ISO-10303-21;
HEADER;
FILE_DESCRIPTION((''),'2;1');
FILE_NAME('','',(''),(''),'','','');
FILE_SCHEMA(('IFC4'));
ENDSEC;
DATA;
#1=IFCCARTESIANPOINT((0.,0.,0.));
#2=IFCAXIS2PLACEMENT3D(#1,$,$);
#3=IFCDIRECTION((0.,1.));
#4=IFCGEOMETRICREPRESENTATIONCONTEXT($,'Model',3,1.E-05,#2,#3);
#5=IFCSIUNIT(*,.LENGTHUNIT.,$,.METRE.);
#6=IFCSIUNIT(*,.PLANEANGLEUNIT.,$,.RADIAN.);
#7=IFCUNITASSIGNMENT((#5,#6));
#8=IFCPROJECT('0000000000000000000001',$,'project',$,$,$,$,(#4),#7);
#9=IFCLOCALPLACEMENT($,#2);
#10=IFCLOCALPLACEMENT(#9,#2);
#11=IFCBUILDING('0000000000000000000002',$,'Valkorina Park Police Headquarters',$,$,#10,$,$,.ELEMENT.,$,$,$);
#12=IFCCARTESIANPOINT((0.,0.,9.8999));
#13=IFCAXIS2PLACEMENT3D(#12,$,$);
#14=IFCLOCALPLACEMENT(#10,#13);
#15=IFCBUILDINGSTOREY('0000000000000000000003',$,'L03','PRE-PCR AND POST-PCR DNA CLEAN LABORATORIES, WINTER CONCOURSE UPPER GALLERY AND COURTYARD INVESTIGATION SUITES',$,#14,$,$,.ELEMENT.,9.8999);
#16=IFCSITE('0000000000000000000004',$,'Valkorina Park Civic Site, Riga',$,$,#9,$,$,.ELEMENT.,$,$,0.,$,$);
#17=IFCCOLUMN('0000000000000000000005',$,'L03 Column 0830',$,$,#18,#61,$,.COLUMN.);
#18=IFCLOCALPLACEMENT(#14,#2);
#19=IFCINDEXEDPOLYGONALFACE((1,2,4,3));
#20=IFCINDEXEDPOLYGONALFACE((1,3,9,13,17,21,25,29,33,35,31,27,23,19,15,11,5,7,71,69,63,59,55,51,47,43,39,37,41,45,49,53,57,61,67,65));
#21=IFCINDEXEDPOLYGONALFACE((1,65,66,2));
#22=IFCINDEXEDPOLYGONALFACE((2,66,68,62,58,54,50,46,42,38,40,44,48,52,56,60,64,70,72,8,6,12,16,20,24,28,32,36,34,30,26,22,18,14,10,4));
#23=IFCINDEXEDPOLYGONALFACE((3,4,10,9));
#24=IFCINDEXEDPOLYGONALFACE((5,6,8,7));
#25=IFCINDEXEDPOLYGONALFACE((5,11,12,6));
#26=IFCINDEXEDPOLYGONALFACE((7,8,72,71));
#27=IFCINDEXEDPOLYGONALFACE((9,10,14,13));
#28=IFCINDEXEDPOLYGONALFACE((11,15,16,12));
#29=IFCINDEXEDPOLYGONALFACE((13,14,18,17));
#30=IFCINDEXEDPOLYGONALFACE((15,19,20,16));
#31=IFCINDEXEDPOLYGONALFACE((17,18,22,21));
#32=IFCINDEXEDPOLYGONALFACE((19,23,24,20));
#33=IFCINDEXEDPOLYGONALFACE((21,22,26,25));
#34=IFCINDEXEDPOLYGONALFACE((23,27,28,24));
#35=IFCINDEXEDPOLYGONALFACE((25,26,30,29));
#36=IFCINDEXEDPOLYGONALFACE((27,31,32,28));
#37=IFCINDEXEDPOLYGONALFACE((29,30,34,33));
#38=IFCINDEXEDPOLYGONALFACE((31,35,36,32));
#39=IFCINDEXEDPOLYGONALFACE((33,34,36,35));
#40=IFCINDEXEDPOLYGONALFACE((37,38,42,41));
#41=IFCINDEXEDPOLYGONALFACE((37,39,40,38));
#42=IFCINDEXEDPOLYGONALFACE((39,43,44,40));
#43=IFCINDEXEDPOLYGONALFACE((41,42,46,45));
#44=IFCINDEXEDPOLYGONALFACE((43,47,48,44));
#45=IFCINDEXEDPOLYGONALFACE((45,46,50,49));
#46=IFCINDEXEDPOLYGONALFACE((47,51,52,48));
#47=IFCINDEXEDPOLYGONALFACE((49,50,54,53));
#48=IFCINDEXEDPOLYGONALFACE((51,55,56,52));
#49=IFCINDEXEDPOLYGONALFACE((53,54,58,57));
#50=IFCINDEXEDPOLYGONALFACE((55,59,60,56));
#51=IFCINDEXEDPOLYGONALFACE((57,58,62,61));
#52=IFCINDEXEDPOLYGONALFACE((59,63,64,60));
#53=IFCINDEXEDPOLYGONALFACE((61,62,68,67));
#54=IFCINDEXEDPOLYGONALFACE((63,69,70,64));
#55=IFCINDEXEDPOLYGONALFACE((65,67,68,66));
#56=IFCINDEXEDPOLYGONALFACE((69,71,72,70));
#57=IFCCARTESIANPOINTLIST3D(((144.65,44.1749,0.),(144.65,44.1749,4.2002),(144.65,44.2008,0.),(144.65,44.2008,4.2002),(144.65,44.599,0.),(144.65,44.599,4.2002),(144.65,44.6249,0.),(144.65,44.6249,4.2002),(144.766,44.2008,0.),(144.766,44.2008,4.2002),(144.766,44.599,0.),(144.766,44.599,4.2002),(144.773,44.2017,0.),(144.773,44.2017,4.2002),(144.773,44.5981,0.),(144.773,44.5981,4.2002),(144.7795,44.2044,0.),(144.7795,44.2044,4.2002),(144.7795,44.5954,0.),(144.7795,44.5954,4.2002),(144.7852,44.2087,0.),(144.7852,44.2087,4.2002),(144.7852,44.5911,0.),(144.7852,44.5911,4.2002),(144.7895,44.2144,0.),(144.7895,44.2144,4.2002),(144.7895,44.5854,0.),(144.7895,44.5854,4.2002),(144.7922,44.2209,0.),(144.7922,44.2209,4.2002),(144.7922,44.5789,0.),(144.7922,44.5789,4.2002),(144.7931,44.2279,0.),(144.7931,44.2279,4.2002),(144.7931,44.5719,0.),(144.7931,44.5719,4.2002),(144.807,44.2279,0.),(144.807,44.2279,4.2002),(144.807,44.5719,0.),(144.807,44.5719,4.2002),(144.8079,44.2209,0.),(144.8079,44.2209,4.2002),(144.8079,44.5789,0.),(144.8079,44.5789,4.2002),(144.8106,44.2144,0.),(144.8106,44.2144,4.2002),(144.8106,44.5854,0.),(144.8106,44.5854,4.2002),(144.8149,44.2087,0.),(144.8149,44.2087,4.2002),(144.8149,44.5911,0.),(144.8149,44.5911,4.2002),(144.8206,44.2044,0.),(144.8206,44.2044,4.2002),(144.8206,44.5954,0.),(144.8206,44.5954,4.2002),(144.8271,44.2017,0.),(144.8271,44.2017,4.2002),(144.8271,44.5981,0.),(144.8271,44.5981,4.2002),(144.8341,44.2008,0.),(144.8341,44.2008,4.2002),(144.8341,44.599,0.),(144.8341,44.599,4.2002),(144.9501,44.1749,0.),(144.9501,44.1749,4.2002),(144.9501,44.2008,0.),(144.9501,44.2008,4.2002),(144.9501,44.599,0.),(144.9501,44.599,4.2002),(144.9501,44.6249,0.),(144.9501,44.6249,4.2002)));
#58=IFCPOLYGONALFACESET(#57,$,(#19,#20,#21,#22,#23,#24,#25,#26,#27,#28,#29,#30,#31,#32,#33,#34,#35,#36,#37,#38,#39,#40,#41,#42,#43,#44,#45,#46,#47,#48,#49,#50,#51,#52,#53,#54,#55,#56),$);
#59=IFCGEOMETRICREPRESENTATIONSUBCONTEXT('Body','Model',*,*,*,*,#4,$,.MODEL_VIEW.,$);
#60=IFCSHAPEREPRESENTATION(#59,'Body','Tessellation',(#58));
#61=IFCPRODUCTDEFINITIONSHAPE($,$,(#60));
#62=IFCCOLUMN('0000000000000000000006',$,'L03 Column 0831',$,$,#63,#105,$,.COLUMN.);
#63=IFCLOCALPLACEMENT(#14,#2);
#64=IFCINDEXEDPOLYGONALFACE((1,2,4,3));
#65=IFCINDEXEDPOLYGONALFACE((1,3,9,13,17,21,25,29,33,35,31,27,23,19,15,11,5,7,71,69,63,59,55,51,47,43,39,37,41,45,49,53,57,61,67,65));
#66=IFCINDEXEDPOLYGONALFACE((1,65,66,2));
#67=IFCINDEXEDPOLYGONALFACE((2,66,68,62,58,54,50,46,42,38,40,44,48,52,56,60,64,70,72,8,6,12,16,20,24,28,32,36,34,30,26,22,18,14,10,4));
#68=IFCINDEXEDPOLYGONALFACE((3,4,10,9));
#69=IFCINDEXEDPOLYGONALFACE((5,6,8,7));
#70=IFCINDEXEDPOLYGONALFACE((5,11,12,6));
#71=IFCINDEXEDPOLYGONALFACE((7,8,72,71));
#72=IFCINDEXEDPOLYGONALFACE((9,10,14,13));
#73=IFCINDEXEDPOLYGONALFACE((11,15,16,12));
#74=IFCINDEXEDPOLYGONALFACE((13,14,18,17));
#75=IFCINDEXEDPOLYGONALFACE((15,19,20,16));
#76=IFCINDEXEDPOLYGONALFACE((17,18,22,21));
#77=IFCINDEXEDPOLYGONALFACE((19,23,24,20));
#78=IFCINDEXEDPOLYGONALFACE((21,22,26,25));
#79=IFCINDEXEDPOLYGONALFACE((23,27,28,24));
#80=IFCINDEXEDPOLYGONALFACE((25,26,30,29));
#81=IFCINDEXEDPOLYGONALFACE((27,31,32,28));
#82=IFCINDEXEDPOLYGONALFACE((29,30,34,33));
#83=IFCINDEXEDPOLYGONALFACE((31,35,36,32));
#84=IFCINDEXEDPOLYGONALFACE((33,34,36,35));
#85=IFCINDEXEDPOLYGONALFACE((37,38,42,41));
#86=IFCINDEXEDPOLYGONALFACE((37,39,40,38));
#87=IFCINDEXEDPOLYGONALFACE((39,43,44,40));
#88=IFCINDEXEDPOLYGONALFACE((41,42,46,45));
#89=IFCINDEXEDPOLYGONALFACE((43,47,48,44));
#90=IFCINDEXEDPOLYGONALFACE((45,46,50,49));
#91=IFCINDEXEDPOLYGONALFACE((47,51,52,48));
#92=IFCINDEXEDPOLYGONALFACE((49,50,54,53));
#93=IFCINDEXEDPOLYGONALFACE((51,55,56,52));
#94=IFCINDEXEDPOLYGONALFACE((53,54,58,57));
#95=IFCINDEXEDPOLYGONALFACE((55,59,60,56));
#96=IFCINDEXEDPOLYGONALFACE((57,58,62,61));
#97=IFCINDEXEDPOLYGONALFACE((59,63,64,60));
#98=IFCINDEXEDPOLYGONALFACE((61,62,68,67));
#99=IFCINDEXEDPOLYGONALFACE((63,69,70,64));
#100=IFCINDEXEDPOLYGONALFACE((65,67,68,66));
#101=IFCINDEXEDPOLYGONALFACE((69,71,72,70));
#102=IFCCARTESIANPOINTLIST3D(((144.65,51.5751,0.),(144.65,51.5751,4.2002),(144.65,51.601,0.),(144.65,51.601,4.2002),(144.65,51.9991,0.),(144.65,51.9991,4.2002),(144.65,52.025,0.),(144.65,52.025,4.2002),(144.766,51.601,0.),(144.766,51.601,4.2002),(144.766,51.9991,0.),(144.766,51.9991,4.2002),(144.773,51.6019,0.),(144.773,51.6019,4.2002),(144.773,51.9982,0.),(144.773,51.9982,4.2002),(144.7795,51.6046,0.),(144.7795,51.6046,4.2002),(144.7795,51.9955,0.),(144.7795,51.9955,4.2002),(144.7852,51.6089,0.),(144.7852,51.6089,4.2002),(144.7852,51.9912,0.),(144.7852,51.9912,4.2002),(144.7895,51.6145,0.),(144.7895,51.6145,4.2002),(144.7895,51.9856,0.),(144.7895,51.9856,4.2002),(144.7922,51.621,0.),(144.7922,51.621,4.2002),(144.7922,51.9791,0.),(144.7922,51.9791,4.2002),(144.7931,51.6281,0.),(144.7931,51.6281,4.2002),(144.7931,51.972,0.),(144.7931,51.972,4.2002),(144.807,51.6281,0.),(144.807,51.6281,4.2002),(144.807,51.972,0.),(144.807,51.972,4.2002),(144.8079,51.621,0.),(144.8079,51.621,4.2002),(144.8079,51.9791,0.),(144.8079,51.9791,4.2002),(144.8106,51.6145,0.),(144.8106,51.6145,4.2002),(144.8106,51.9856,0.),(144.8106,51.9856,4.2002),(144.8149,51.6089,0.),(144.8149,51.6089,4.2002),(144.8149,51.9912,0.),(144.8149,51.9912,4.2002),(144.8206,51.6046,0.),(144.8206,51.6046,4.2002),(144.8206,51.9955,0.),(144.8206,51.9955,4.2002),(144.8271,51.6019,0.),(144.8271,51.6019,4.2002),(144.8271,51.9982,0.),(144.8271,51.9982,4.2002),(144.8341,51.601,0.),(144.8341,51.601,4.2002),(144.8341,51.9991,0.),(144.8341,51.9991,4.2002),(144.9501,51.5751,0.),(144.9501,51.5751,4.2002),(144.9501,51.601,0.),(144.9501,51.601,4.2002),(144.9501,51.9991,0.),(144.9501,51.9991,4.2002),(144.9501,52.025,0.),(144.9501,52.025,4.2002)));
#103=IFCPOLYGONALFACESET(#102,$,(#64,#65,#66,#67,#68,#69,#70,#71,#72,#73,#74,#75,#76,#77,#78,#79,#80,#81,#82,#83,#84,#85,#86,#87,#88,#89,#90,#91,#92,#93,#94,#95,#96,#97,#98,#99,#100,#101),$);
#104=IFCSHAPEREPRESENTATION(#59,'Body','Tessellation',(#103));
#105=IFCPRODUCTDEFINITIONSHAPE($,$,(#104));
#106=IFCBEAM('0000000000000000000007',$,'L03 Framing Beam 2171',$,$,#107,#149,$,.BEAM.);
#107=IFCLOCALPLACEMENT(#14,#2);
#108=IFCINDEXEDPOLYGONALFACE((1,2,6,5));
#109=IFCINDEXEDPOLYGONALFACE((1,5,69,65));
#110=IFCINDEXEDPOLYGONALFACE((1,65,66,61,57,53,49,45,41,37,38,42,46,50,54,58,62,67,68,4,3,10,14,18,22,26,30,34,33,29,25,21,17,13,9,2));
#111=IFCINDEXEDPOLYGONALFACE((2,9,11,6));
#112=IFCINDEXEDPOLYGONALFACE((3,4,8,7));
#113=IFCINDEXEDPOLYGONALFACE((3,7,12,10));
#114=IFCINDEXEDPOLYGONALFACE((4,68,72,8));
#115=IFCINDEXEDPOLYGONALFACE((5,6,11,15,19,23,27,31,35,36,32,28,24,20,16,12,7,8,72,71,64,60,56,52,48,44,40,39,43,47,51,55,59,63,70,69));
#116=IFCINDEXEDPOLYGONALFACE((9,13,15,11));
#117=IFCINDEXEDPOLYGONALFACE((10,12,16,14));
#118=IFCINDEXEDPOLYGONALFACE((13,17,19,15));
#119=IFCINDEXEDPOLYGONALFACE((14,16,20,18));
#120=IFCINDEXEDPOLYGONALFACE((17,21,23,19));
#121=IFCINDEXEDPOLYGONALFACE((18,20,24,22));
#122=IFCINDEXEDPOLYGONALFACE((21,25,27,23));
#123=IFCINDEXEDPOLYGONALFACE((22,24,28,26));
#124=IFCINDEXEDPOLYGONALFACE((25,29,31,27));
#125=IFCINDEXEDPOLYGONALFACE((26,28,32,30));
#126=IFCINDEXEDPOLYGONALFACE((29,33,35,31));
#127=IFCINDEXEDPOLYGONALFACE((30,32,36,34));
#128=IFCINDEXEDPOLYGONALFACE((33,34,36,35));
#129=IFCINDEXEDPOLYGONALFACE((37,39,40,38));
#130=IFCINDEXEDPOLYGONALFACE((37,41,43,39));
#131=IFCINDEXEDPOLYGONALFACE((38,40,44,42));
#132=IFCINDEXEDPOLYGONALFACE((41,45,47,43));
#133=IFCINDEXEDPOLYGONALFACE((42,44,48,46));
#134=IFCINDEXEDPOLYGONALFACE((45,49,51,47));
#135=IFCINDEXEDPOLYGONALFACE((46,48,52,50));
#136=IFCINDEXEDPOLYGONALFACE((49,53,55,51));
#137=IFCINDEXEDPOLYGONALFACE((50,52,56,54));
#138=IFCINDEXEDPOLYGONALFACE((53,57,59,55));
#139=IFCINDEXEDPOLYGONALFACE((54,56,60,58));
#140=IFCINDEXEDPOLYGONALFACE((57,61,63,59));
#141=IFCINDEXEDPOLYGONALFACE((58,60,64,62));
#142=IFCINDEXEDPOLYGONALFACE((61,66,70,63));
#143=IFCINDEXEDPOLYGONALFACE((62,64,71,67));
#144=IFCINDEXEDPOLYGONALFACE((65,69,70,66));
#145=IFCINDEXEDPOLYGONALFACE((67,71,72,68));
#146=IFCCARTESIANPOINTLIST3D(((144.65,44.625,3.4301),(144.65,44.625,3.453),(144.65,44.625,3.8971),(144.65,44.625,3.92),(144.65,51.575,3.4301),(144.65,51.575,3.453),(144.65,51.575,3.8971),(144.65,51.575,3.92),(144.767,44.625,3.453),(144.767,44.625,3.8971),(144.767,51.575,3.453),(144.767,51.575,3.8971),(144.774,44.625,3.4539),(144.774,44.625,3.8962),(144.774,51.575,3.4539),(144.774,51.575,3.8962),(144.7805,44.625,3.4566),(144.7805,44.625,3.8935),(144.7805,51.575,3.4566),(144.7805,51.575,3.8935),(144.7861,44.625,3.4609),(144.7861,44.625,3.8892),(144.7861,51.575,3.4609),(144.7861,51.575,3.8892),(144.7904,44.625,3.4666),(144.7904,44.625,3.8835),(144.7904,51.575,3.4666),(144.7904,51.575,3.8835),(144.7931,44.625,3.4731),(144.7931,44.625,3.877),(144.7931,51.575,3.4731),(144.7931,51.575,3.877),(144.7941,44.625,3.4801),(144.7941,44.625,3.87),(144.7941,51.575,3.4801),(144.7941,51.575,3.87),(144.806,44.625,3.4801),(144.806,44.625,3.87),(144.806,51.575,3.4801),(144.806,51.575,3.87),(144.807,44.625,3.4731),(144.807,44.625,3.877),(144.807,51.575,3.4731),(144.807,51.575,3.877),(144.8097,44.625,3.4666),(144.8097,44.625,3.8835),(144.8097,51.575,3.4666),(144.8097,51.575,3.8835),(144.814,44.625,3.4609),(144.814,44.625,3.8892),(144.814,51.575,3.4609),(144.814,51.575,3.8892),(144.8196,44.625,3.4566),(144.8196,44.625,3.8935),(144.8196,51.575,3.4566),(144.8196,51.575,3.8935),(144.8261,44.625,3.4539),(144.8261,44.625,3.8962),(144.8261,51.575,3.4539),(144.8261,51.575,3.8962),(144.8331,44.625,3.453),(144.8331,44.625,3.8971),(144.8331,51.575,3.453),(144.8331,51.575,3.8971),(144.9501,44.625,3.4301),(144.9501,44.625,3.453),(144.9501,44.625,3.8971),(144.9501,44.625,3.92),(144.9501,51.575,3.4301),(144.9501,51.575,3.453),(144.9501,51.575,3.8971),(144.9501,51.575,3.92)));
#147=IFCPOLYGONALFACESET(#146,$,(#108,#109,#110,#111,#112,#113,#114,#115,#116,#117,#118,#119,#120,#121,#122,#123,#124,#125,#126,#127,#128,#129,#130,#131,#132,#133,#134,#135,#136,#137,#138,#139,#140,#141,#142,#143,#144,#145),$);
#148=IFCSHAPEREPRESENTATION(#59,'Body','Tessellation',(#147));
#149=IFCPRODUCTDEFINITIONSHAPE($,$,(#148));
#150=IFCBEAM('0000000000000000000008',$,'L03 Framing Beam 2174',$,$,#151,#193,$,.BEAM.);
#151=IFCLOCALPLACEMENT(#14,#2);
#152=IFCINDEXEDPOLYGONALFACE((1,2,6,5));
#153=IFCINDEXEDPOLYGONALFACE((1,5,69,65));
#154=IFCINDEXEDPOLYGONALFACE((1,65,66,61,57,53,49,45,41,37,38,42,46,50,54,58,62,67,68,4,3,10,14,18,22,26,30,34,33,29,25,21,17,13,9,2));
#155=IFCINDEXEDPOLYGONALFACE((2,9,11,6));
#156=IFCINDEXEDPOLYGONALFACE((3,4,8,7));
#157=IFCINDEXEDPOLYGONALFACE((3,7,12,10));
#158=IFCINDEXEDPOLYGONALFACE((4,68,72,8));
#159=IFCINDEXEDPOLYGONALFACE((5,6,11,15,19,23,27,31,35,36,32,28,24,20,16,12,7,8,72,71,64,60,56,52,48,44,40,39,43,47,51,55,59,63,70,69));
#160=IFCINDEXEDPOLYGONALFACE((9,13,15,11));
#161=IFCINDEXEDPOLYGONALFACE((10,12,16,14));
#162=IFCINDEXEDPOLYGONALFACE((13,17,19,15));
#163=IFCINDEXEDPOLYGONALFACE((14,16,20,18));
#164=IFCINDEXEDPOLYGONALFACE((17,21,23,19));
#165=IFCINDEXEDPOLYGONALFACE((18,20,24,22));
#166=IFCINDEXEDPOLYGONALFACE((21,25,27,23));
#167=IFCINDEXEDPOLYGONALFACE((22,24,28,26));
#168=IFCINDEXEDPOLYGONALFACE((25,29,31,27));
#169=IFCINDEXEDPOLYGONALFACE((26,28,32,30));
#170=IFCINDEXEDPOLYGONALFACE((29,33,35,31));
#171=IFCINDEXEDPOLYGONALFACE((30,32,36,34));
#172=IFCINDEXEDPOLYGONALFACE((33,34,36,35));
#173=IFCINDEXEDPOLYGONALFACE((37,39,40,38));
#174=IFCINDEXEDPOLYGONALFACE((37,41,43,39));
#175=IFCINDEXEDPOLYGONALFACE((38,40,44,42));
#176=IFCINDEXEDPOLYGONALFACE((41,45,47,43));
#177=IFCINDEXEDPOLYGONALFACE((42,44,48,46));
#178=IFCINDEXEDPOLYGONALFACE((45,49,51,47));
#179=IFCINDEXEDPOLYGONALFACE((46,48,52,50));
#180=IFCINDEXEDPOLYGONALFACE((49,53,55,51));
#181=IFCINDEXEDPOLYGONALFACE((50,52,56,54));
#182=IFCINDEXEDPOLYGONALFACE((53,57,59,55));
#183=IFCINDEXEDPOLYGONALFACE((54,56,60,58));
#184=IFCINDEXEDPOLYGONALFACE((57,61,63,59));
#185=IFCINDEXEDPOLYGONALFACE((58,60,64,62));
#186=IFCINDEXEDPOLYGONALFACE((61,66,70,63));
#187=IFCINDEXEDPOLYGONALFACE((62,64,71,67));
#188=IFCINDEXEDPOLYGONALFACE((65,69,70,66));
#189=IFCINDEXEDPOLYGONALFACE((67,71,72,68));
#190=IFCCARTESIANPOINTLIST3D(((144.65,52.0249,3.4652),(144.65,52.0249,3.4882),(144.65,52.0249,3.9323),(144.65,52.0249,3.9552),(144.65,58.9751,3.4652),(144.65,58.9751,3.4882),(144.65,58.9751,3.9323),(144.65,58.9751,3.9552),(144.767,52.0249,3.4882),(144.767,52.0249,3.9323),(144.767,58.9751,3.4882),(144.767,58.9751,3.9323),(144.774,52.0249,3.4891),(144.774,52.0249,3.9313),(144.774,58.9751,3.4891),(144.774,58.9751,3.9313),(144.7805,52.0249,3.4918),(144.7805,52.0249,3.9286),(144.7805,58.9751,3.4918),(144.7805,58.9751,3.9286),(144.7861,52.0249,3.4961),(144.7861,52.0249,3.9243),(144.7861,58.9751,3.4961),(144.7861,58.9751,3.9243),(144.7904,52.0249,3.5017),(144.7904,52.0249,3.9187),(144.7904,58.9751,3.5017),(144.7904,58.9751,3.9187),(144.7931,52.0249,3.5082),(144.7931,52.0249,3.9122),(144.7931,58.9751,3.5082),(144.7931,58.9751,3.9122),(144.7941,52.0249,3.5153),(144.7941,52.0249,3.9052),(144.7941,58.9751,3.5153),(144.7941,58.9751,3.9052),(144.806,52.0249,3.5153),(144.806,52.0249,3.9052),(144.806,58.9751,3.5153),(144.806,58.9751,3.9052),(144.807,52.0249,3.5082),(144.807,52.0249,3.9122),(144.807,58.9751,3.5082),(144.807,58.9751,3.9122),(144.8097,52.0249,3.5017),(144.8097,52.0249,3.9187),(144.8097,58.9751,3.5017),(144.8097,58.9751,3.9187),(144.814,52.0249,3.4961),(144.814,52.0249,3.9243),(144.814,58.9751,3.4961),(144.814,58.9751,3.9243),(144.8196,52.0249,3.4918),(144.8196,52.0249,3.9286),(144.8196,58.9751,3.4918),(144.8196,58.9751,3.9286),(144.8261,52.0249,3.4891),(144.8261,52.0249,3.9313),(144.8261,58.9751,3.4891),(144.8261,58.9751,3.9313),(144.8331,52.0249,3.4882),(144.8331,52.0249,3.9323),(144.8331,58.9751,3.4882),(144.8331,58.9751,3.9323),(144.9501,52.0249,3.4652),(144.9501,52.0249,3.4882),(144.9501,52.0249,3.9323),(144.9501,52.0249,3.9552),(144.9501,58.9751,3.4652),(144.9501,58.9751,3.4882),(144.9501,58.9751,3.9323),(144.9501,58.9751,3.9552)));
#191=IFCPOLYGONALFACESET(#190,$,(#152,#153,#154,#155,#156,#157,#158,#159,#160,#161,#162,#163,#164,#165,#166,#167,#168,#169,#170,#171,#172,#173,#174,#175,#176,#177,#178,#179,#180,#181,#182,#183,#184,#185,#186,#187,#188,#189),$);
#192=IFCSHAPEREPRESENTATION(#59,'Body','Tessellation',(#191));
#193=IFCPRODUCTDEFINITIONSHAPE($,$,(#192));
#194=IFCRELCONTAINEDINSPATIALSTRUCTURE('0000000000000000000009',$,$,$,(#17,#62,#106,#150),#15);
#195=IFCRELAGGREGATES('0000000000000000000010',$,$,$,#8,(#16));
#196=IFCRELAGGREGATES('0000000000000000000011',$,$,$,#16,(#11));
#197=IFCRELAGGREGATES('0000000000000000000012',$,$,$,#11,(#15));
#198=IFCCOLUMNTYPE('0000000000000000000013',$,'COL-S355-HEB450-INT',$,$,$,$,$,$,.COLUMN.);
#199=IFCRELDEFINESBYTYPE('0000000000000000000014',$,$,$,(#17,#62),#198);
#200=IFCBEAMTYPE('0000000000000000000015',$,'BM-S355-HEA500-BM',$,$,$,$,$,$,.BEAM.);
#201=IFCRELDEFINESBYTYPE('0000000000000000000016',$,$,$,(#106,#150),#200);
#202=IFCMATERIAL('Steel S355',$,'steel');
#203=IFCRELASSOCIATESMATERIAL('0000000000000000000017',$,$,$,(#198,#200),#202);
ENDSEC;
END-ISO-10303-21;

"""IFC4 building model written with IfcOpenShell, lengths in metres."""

from ifc_helpers import new_model, si_unit, direction, frame, origin, origin_2d, place, context, subcontext, project, spatial, i_section, extrude, material, material_profile, profile_set, type_object, element, save


model = new_model("IFC4")

# Units and contexts
model_context = context("Model", 3, precision=1e-05, world=origin(), true_north=direction((0.0, 1.0)))
body_context = subcontext(model_context, "Body", "Model", "MODEL_VIEW")
ifc_project = project(units=[si_unit("LENGTHUNIT", "METRE"), si_unit("PLANEANGLEUNIT", "RADIAN")], contexts=[model_context])

# Site, building, storey
site_placement = place(None, origin())
site = spatial("IfcSite", under=ifc_project, at=site_placement, Name="Valkorina Park Civic Site, Riga", CompositionType="ELEMENT", RefElevation=0.0)
building_placement = place(site_placement, origin())
building = spatial("IfcBuilding", under=site, at=building_placement, Name="Valkorina Park Police Headquarters", CompositionType="ELEMENT")
storey_placement = place(building_placement, frame((0.0, 0.0, 9.8999)))
storey = spatial("IfcBuildingStorey", under=building, at=storey_placement, Name="L03", Description="PRE-PCR AND POST-PCR DNA CLEAN LABORATORIES, WINTER CONCOURSE UPPER GALLERY AND COURTYARD INVESTIGATION SUITES", CompositionType="ELEMENT", Elevation=9.8999)

# Columns
ifc_material_1 = material(Name="Steel S355", Category="steel")
ifc_material_profile_1 = material_profile(ifc_material_1, i_section(OverallWidth=0.3, OverallDepth=0.45, WebThickness=0.0139, FlangeThickness=0.0259, FilletRadius=0.0271, at=origin_2d()), Name="HEB 450")
ifc_profile_set_1 = profile_set([ifc_material_profile_1], Name="Steel S355")
column_type = type_object("IfcColumnType", Name="COL-S355-HEB450-INT", PredefinedType="COLUMN", material=ifc_profile_set_1)
for number, where, z_axis, x_axis, name in (
    (1, (144.8, 44.3999, 0.0), (0.0, 0.0, 1.0), (1.0, 0.0, 0.0), "L03 Column 0830"),
    (2, (144.8, 51.8, 0.0), (0.0, 0.0, 1.0), (1.0, 0.0, 0.0), "L03 Column 0831"),
):
    element("IfcColumn", number, at=place(storey_placement, frame(where, z_axis=z_axis, x_axis=x_axis)), inside=storey, type_object=column_type, Name=name, PredefinedType="COLUMN", context=body_context, shape_type="SweptSolid", body=[
        extrude(i_section(OverallWidth=0.3, OverallDepth=0.45, WebThickness=0.0139, FlangeThickness=0.0259, FilletRadius=0.0271, at=origin_2d()), origin(), (0.0, 0.0, 1.0), 4.2002),
    ])

# Beams
ifc_material_profile_2 = material_profile(ifc_material_1, i_section(OverallWidth=0.3, OverallDepth=0.49, WebThickness=0.012, FlangeThickness=0.0229, FilletRadius=0.0271, at=origin_2d()), Name="HEA 500")
ifc_profile_set_2 = profile_set([ifc_material_profile_2], Name="Steel S355")
beam_type_1 = type_object("IfcBeamType", Name="BM-S355-HEA500-BM", PredefinedType="BEAM", material=ifc_profile_set_2)
beam_1_placement = place(storey_placement, frame((144.8, 44.625, 3.675), z_axis=(0.0, 1.0, 0.0), x_axis=(-1.0, 0.0, 0.0)))
element("IfcBeam", 3, at=beam_1_placement, inside=storey, type_object=beam_type_1, Name="L03 Framing Beam 2171", PredefinedType="BEAM", context=body_context, shape_type="SweptSolid", body=[
    extrude(i_section(OverallWidth=0.3, OverallDepth=0.49, WebThickness=0.012, FlangeThickness=0.0229, FilletRadius=0.0271, at=origin_2d()), origin(), (0.0, 0.0, 1.0), 6.95),
])
beam_2_placement = place(storey_placement, frame((144.8, 52.0249, 3.7102), z_axis=(0.0, 1.0, 0.0), x_axis=(-1.0, 0.0, 0.0)))
element("IfcBeam", 4, at=beam_2_placement, inside=storey, type_object=beam_type_1, Name="L03 Framing Beam 2174", PredefinedType="BEAM", context=body_context, shape_type="SweptSolid", body=[
    extrude(i_section(OverallWidth=0.3, OverallDepth=0.49, WebThickness=0.012, FlangeThickness=0.0229, FilletRadius=0.0271, at=origin_2d()), origin(), (0.0, 0.0, 1.0), 6.9502),
])

save(model, "model.ifc")
